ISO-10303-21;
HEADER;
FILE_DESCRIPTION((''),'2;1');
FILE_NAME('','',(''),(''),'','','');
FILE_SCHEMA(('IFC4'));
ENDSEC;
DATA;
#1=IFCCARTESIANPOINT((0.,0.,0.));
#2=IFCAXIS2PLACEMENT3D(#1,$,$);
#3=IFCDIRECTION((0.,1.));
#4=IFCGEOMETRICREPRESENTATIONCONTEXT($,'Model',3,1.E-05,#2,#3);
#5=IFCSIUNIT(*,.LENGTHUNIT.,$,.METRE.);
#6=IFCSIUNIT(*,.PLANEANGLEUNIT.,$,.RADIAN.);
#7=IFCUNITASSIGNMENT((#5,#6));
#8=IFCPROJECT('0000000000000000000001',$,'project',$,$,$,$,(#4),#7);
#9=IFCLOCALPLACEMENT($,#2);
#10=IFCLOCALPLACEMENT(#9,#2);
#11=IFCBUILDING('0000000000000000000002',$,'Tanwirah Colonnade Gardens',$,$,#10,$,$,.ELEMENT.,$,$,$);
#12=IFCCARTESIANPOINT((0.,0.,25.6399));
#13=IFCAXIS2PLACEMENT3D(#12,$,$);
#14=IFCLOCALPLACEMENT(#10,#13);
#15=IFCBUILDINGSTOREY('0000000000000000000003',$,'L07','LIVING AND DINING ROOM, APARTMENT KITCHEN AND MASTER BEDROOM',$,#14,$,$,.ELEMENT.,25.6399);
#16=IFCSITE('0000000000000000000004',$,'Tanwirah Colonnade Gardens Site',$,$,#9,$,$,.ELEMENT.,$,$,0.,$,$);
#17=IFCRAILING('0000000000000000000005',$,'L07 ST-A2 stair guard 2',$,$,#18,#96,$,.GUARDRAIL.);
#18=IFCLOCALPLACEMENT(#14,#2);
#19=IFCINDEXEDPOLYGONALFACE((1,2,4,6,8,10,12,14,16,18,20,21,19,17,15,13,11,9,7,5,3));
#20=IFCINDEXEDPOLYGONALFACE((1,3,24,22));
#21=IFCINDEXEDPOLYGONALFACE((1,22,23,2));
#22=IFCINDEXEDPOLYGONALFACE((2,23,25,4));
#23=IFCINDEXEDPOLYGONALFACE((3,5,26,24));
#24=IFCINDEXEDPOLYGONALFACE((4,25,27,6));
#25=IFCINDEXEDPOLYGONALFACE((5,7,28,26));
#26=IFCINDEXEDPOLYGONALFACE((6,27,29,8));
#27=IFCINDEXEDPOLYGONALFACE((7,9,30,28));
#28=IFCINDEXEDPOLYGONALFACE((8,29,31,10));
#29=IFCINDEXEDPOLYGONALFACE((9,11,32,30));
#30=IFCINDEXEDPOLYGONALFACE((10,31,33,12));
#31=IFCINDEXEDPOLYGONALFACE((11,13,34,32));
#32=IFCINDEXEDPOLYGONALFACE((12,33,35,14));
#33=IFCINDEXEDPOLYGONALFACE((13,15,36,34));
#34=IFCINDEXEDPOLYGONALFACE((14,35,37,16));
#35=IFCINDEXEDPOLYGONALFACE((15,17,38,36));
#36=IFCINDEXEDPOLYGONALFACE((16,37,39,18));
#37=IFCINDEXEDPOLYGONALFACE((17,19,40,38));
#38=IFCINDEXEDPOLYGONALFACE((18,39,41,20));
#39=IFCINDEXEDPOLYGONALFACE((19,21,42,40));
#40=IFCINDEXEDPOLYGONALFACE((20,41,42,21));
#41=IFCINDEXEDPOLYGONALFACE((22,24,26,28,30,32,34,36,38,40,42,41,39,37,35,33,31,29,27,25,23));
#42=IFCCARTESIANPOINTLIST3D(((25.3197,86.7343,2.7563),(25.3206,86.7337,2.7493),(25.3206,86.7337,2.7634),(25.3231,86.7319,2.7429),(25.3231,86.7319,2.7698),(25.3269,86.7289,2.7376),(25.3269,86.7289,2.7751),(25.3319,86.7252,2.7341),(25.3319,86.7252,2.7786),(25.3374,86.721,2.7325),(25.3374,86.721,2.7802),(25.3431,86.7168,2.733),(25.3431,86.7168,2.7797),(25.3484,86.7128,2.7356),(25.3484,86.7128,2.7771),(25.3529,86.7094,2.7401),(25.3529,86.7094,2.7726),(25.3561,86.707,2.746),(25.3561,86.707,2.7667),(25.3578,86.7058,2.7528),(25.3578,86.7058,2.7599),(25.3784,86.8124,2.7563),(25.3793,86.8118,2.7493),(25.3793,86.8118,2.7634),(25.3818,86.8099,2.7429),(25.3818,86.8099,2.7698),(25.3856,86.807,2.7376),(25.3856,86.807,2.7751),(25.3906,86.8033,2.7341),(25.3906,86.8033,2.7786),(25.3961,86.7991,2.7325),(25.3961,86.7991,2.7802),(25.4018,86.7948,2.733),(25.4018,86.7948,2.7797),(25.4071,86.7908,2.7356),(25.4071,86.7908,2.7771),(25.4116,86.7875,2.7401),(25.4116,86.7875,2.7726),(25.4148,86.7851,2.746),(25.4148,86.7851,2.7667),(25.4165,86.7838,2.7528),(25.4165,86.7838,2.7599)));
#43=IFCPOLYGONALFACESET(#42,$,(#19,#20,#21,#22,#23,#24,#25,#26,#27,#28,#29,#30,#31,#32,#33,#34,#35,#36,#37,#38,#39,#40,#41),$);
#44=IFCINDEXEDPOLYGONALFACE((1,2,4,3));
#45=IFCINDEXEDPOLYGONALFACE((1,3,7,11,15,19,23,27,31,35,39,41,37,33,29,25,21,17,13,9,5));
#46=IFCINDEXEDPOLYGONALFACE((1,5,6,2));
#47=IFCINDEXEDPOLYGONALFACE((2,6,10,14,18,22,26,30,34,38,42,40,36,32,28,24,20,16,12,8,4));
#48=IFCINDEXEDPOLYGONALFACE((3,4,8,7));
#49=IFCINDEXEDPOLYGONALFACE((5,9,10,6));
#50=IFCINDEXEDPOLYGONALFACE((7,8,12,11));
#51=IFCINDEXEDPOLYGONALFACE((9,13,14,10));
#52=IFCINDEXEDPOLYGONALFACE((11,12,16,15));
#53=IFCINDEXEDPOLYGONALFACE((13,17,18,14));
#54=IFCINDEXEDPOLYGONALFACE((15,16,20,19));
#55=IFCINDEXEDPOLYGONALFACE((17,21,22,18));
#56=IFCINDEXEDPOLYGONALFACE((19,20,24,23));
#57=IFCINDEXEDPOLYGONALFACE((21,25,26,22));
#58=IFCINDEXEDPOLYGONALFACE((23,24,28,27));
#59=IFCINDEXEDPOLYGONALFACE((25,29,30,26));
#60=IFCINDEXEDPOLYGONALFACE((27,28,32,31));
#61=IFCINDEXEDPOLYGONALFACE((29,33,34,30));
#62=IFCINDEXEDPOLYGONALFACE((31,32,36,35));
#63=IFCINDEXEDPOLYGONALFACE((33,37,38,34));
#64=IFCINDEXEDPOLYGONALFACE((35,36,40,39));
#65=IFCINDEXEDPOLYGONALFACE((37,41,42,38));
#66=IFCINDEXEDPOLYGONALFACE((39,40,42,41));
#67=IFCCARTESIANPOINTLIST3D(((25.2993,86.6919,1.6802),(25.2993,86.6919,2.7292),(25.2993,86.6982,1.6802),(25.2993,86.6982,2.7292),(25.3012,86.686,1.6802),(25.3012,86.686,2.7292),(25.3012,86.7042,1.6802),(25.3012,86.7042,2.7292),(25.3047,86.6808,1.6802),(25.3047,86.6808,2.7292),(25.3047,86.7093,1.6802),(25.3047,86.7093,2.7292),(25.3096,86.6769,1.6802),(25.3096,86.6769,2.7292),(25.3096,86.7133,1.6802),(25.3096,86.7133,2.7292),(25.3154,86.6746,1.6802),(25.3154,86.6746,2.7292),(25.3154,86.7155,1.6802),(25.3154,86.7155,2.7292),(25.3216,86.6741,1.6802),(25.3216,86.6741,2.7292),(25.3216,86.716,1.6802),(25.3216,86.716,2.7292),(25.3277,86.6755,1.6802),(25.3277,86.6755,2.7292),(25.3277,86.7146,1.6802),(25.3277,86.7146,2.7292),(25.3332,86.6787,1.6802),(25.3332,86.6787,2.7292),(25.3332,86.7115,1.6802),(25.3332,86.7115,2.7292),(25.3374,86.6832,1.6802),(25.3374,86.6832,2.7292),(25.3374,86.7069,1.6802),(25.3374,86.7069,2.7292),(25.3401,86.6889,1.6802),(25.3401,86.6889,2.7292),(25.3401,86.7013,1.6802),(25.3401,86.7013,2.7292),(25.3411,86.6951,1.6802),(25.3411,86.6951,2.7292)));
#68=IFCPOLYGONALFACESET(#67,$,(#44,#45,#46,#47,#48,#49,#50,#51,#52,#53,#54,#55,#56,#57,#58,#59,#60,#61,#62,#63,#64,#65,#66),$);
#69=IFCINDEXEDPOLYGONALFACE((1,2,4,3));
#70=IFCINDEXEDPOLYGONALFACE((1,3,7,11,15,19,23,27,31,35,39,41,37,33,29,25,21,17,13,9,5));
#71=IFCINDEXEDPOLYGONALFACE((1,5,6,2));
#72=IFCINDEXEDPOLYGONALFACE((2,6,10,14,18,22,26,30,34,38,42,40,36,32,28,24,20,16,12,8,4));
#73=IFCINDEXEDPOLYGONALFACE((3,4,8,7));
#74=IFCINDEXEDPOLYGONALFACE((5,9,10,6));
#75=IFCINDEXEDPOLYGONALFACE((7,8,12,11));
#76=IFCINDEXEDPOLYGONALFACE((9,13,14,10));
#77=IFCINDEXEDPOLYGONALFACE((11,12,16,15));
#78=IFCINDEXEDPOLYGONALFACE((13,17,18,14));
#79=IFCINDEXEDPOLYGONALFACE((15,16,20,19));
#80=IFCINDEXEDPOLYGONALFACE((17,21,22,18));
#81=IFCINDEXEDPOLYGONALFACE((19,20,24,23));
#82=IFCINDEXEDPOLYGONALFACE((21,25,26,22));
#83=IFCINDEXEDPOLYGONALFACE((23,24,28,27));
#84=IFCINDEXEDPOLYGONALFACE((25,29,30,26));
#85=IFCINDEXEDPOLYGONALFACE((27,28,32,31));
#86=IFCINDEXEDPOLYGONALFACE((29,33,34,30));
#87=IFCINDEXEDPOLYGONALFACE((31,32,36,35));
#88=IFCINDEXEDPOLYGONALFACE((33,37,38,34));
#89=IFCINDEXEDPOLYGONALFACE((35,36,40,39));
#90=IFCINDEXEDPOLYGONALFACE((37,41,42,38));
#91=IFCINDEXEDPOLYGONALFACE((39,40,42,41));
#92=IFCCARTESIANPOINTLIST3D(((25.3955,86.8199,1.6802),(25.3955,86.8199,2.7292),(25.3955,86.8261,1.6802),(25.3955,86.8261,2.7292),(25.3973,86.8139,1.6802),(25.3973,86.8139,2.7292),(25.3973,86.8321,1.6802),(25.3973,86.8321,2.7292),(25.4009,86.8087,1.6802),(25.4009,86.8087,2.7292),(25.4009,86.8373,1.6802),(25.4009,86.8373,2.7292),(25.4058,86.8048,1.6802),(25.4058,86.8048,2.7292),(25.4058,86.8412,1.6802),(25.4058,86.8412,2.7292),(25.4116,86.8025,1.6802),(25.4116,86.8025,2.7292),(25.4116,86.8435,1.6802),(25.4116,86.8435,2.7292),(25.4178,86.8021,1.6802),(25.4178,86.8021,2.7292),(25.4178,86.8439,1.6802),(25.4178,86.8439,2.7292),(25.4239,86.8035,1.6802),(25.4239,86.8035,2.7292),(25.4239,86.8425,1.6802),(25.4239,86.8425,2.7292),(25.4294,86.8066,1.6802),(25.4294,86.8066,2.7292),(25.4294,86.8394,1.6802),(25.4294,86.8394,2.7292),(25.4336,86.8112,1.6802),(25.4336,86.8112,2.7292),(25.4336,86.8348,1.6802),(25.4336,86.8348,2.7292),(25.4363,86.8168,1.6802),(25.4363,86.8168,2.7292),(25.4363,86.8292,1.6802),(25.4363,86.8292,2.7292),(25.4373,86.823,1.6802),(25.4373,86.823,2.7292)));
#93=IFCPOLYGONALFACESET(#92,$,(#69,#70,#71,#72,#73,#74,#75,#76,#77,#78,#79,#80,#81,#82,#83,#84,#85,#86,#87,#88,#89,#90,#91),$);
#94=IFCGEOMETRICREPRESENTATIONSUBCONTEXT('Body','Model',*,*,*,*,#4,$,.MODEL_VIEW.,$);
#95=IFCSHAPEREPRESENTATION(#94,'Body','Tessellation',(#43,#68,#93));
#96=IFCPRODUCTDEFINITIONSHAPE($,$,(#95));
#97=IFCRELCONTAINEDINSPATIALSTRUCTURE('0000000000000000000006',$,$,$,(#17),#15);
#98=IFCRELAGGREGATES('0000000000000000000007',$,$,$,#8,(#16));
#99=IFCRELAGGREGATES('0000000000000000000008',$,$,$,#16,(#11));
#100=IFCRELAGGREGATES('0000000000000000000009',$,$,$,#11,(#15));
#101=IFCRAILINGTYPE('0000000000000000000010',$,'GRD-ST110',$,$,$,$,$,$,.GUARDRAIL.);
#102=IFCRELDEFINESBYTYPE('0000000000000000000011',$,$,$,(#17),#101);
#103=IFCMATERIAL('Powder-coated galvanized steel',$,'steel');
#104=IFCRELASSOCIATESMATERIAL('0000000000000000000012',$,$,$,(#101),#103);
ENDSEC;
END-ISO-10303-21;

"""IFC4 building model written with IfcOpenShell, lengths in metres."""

from ifc_helpers import new_model, si_unit, direction, frame, origin, origin_2d, place, context, subcontext, project, spatial, circle, extrude, material, type_object, element, save


model = new_model("IFC4")

# Units and contexts
model_context = context("Model", 3, precision=1e-05, world=origin(), true_north=direction((0.0, 1.0)))
body_context = subcontext(model_context, "Body", "Model", "MODEL_VIEW")
ifc_project = project(units=[si_unit("LENGTHUNIT", "METRE"), si_unit("PLANEANGLEUNIT", "RADIAN")], contexts=[model_context])

# Site, building, storey
site_placement = place(None, origin())
site = spatial("IfcSite", under=ifc_project, at=site_placement, Name="Tanwirah Colonnade Gardens Site", CompositionType="ELEMENT", RefElevation=0.0)
building_placement = place(site_placement, origin())
building = spatial("IfcBuilding", under=site, at=building_placement, Name="Tanwirah Colonnade Gardens", CompositionType="ELEMENT")
storey_placement = place(building_placement, frame((0.0, 0.0, 25.6399)))
storey = spatial("IfcBuildingStorey", under=building, at=storey_placement, Name="L07", Description="LIVING AND DINING ROOM, APARTMENT KITCHEN AND MASTER BEDROOM", CompositionType="ELEMENT", Elevation=25.6399)

# Railing
ifc_material_1 = material(Name="Powder-coated galvanized steel", Category="steel")
railing_type_1 = type_object("IfcRailingType", Name="GRD-ST110", PredefinedType="GUARDRAIL", material=ifc_material_1)
railing_1_placement = place(storey_placement, frame((25.3201, 86.6951, 1.6802)))
element("IfcRailing", 1, at=railing_1_placement, inside=storey, type_object=railing_type_1, Name="L07 ST-A2 stair guard 2", PredefinedType="GUARDRAIL", context=body_context, shape_type="SweptSolid", body=[
    extrude(circle(Radius=0.0239, at=origin_2d()), frame((0.0188, 0.0249, 1.0762), z_axis=(0.600976, 0.799267, 0.0), x_axis=(-0.799267, 0.600976, 0.0)), (0.0, 0.0, 1.0), 0.0977),
    extrude(circle(Radius=0.021, at=origin_2d()), origin(), (0.0, 0.0, 1.0), 1.0491),
    extrude(circle(Radius=0.021, at=origin_2d()), frame((0.0962, 0.1279, 0.0)), (0.0, 0.0, 1.0), 1.0491),
])

save(model, "model.ifc")
